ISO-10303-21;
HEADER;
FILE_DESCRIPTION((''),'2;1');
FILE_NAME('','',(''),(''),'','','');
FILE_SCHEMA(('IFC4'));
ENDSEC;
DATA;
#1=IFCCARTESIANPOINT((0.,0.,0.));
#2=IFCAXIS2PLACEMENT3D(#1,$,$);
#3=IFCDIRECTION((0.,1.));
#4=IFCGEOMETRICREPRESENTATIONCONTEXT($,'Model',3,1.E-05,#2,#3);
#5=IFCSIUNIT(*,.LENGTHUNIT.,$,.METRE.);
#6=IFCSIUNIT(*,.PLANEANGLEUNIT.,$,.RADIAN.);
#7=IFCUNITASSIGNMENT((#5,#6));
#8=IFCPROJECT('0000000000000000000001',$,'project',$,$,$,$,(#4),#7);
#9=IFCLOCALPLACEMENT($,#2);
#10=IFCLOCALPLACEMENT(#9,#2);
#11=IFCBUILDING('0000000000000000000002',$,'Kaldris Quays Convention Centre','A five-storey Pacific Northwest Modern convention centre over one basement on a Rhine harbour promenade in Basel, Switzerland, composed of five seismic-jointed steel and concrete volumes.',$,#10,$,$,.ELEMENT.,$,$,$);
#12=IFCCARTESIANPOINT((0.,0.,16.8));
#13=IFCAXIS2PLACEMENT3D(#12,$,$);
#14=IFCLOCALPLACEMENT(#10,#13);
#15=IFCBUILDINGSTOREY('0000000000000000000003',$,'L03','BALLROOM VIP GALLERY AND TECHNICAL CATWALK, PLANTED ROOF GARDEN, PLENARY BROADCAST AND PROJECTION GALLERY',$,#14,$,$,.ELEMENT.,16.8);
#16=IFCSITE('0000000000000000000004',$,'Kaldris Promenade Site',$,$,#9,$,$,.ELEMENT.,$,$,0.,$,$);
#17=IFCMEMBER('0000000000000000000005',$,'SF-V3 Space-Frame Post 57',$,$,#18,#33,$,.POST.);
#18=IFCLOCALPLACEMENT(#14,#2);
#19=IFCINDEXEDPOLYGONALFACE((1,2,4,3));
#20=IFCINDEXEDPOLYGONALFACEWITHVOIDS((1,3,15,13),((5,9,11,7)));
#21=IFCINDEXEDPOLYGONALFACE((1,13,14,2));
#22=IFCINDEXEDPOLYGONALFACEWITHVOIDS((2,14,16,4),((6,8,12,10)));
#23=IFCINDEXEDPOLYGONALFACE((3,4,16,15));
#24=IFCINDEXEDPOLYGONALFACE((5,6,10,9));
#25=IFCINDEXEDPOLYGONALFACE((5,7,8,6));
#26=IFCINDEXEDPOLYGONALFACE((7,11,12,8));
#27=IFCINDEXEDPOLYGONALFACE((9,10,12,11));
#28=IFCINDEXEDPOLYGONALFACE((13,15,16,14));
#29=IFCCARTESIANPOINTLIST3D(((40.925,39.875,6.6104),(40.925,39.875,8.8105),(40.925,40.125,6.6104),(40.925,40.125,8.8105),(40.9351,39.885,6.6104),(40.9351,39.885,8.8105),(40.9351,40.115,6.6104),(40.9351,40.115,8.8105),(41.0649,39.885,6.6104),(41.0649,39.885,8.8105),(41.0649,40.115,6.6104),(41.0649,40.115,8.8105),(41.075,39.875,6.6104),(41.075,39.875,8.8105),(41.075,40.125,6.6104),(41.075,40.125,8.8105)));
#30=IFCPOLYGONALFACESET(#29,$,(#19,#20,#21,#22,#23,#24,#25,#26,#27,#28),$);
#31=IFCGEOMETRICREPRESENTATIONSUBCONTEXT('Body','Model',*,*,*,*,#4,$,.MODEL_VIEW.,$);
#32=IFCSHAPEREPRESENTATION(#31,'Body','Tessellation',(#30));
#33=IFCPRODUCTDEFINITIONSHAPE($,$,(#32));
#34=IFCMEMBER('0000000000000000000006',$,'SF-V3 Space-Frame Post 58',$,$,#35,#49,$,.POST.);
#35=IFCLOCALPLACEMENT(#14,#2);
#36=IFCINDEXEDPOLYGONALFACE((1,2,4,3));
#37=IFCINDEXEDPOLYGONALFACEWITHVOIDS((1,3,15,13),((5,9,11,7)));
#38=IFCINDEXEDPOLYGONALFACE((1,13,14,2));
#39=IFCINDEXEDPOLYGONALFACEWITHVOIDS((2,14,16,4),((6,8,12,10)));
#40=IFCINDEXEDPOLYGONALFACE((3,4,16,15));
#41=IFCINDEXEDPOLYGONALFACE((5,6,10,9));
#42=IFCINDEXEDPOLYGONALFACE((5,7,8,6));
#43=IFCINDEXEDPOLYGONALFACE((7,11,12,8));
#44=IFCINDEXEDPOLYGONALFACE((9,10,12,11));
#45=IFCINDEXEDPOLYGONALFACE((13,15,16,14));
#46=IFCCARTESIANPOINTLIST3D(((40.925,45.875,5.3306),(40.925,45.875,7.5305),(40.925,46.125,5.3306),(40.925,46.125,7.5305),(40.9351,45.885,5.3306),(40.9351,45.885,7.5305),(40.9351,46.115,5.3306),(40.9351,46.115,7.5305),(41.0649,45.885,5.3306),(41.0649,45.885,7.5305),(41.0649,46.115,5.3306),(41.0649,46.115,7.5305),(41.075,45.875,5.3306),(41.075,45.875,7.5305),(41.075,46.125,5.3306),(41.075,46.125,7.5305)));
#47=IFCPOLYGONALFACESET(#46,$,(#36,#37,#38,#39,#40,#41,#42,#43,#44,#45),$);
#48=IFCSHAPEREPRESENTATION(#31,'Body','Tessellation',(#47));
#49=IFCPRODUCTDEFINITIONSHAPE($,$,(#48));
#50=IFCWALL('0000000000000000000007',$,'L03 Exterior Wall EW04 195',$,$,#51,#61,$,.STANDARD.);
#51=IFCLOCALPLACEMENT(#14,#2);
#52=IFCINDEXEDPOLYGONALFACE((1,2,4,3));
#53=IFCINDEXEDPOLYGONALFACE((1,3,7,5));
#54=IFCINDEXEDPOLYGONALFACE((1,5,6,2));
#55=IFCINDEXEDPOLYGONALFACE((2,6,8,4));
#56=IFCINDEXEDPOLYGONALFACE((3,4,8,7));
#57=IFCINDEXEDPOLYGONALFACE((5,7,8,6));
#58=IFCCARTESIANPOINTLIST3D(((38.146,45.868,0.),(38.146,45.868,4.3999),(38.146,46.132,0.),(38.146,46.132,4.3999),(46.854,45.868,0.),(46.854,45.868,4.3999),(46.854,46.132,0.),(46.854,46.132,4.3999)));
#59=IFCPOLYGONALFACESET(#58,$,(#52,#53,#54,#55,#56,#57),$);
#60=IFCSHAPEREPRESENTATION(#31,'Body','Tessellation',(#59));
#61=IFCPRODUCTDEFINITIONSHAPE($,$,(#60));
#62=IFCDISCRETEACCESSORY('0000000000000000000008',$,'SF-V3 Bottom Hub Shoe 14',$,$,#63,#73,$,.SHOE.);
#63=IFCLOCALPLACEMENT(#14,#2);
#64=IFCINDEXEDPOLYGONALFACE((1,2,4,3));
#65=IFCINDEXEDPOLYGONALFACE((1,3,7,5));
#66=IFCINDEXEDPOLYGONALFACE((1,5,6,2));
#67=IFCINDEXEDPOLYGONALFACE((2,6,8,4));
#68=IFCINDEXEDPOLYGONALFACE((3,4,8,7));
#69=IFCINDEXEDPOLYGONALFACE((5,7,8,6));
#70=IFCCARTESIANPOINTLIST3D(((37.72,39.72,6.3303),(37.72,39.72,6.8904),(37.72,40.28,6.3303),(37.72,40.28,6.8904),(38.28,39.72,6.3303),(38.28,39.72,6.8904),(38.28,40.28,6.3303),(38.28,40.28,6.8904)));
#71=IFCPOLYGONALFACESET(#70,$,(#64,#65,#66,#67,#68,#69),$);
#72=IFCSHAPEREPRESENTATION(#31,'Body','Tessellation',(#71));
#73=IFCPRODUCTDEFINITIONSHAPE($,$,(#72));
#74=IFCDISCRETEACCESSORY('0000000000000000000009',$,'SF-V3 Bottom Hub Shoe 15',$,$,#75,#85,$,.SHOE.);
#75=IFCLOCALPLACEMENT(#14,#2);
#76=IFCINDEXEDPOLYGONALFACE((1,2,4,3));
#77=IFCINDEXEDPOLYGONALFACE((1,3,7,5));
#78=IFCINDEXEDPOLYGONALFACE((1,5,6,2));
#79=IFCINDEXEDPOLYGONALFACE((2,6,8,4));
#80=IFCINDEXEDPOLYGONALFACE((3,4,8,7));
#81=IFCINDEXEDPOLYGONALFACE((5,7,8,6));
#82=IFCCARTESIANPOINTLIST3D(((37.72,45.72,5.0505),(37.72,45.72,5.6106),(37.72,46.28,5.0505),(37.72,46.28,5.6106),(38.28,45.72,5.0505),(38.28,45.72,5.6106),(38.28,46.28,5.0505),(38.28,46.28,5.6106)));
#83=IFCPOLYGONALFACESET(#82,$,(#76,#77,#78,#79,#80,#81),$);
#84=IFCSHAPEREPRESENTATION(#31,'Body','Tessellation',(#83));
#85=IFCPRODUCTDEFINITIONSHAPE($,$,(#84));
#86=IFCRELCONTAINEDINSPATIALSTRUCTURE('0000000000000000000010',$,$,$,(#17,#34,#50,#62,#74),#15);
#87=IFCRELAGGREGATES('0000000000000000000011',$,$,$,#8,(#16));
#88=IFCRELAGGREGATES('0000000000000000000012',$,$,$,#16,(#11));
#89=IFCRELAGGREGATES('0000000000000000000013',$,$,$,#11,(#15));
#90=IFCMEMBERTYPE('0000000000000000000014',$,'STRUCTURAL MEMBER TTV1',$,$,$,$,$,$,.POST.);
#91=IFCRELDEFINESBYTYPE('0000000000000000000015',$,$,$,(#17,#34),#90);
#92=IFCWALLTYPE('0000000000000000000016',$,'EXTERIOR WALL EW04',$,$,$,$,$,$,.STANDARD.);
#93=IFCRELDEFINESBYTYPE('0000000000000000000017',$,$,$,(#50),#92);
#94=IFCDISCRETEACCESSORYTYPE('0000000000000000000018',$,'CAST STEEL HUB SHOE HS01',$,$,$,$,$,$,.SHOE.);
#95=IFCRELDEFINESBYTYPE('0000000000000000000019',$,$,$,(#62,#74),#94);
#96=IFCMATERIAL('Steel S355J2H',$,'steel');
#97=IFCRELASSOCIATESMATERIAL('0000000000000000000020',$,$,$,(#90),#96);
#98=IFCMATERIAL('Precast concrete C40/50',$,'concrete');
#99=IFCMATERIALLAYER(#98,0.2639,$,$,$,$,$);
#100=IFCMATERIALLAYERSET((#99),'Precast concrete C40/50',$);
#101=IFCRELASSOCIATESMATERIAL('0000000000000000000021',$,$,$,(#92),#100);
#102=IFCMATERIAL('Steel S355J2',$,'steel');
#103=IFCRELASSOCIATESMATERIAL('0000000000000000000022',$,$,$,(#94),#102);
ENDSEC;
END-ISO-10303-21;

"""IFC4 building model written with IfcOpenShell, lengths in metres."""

from ifc_helpers import new_model, si_unit, direction, frame, frame_2d, origin, origin_2d, place, context, subcontext, project, spatial, rectangle, hollow_rectangle, extrude, material, layer, layer_set, material_profile, profile_set, type_object, element, save


model = new_model("IFC4")

# Units and contexts
model_context = context("Model", 3, precision=1e-05, world=origin(), true_north=direction((0.0, 1.0)))
body_context = subcontext(model_context, "Body", "Model", "MODEL_VIEW")
ifc_project = project(units=[si_unit("LENGTHUNIT", "METRE"), si_unit("PLANEANGLEUNIT", "RADIAN")], contexts=[model_context])

# Site, building, storey
site_placement = place(None, origin())
site = spatial("IfcSite", under=ifc_project, at=site_placement, Name="Kaldris Promenade Site", CompositionType="ELEMENT", RefElevation=0.0)
building_placement = place(site_placement, origin())
building = spatial("IfcBuilding", under=site, at=building_placement, Name="Kaldris Quays Convention Centre", Description="A five-storey Pacific Northwest Modern convention centre over one basement on a Rhine harbour promenade in Basel, Switzerland, composed of five seismic-jointed steel and concrete volumes.", CompositionType="ELEMENT")
storey_placement = place(building_placement, frame((0.0, 0.0, 16.8)))
storey = spatial("IfcBuildingStorey", under=building, at=storey_placement, Name="L03", Description="BALLROOM VIP GALLERY AND TECHNICAL CATWALK, PLANTED ROOF GARDEN, PLENARY BROADCAST AND PROJECTION GALLERY", CompositionType="ELEMENT", Elevation=16.8)

# Members
ifc_material_1 = material(Name="Steel S355J2H", Category="steel")
ifc_material_profile_1 = material_profile(ifc_material_1, hollow_rectangle(XDim=0.1499, YDim=0.25, WallThickness=0.01, at=origin_2d()), Name="RHS 250x150x10")
ifc_profile_set_1 = profile_set([ifc_material_profile_1], Name="Steel S355J2H")
member_type_1 = type_object("IfcMemberType", Name="STRUCTURAL MEMBER TTV1", PredefinedType="POST", material=ifc_profile_set_1)
member_1_placement = place(storey_placement, frame((41.0, 40.0, 6.6104), z_axis=(0.0, 0.0, 1.0), x_axis=(1.0, 0.0, 0.0)))
element("IfcMember", 1, at=member_1_placement, inside=storey, type_object=member_type_1, Name="SF-V3 Space-Frame Post 57", PredefinedType="POST", context=body_context, shape_type="SweptSolid", body=[
    extrude(hollow_rectangle(XDim=0.1499, YDim=0.25, WallThickness=0.01, at=origin_2d()), origin(), (0.0, 0.0, 1.0), 2.2002),
])
member_2_placement = place(storey_placement, frame((41.0, 46.0, 5.3306), z_axis=(0.0, 0.0, 1.0), x_axis=(1.0, 0.0, 0.0)))
element("IfcMember", 2, at=member_2_placement, inside=storey, type_object=member_type_1, Name="SF-V3 Space-Frame Post 58", PredefinedType="POST", context=body_context, shape_type="SweptSolid", body=[
    extrude(hollow_rectangle(XDim=0.1499, YDim=0.25, WallThickness=0.01, at=origin_2d()), origin(), (0.0, 0.0, 1.0), 2.2),
])

# Wall
ifc_material_2 = material(Name="Precast concrete C40/50", Category="concrete")
ifc_layer = layer(ifc_material_2, 0.2639)
ifc_layer_set = layer_set([ifc_layer], Name="Precast concrete C40/50")
wall_type = type_object("IfcWallType", Name="EXTERIOR WALL EW04", PredefinedType="STANDARD", material=ifc_layer_set)
wall_placement = place(storey_placement, frame((38.146, 46.0, 0.0), z_axis=(0.0, 0.0, 1.0), x_axis=(1.0, 0.0, 0.0)))
element("IfcWall", 3, at=wall_placement, inside=storey, type_object=wall_type, Name="L03 Exterior Wall EW04 195", PredefinedType="STANDARD", context=body_context, shape_type="SweptSolid", body=[
    extrude(rectangle(XDim=8.708, YDim=0.2639, at=frame_2d((4.354, 0.0))), origin(), (0.0, 0.0, 1.0), 4.3999),
])

# Discrete accessories
ifc_material_3 = material(Name="Steel S355J2", Category="steel")
discrete_accessory_type = type_object("IfcDiscreteAccessoryType", Name="CAST STEEL HUB SHOE HS01", PredefinedType="SHOE", material=ifc_material_3)
for number, where, z_axis, x_axis, name in (
    (4, (38.0, 40.0, 6.3303), (0.0, 0.0, 1.0), (1.0, 0.0, 0.0), "SF-V3 Bottom Hub Shoe 14"),
    (5, (38.0, 46.0, 5.0505), (0.0, 0.0, 1.0), (1.0, 0.0, 0.0), "SF-V3 Bottom Hub Shoe 15"),
):
    element("IfcDiscreteAccessory", number, at=place(storey_placement, frame(where, z_axis=z_axis, x_axis=x_axis)), inside=storey, type_object=discrete_accessory_type, Name=name, PredefinedType="SHOE", context=body_context, shape_type="SweptSolid", body=[
        extrude(rectangle(XDim=0.5601, YDim=0.5601, at=origin_2d()), origin(), (0.0, 0.0, 1.0), 0.5601),
    ])

save(model, "model.ifc")
